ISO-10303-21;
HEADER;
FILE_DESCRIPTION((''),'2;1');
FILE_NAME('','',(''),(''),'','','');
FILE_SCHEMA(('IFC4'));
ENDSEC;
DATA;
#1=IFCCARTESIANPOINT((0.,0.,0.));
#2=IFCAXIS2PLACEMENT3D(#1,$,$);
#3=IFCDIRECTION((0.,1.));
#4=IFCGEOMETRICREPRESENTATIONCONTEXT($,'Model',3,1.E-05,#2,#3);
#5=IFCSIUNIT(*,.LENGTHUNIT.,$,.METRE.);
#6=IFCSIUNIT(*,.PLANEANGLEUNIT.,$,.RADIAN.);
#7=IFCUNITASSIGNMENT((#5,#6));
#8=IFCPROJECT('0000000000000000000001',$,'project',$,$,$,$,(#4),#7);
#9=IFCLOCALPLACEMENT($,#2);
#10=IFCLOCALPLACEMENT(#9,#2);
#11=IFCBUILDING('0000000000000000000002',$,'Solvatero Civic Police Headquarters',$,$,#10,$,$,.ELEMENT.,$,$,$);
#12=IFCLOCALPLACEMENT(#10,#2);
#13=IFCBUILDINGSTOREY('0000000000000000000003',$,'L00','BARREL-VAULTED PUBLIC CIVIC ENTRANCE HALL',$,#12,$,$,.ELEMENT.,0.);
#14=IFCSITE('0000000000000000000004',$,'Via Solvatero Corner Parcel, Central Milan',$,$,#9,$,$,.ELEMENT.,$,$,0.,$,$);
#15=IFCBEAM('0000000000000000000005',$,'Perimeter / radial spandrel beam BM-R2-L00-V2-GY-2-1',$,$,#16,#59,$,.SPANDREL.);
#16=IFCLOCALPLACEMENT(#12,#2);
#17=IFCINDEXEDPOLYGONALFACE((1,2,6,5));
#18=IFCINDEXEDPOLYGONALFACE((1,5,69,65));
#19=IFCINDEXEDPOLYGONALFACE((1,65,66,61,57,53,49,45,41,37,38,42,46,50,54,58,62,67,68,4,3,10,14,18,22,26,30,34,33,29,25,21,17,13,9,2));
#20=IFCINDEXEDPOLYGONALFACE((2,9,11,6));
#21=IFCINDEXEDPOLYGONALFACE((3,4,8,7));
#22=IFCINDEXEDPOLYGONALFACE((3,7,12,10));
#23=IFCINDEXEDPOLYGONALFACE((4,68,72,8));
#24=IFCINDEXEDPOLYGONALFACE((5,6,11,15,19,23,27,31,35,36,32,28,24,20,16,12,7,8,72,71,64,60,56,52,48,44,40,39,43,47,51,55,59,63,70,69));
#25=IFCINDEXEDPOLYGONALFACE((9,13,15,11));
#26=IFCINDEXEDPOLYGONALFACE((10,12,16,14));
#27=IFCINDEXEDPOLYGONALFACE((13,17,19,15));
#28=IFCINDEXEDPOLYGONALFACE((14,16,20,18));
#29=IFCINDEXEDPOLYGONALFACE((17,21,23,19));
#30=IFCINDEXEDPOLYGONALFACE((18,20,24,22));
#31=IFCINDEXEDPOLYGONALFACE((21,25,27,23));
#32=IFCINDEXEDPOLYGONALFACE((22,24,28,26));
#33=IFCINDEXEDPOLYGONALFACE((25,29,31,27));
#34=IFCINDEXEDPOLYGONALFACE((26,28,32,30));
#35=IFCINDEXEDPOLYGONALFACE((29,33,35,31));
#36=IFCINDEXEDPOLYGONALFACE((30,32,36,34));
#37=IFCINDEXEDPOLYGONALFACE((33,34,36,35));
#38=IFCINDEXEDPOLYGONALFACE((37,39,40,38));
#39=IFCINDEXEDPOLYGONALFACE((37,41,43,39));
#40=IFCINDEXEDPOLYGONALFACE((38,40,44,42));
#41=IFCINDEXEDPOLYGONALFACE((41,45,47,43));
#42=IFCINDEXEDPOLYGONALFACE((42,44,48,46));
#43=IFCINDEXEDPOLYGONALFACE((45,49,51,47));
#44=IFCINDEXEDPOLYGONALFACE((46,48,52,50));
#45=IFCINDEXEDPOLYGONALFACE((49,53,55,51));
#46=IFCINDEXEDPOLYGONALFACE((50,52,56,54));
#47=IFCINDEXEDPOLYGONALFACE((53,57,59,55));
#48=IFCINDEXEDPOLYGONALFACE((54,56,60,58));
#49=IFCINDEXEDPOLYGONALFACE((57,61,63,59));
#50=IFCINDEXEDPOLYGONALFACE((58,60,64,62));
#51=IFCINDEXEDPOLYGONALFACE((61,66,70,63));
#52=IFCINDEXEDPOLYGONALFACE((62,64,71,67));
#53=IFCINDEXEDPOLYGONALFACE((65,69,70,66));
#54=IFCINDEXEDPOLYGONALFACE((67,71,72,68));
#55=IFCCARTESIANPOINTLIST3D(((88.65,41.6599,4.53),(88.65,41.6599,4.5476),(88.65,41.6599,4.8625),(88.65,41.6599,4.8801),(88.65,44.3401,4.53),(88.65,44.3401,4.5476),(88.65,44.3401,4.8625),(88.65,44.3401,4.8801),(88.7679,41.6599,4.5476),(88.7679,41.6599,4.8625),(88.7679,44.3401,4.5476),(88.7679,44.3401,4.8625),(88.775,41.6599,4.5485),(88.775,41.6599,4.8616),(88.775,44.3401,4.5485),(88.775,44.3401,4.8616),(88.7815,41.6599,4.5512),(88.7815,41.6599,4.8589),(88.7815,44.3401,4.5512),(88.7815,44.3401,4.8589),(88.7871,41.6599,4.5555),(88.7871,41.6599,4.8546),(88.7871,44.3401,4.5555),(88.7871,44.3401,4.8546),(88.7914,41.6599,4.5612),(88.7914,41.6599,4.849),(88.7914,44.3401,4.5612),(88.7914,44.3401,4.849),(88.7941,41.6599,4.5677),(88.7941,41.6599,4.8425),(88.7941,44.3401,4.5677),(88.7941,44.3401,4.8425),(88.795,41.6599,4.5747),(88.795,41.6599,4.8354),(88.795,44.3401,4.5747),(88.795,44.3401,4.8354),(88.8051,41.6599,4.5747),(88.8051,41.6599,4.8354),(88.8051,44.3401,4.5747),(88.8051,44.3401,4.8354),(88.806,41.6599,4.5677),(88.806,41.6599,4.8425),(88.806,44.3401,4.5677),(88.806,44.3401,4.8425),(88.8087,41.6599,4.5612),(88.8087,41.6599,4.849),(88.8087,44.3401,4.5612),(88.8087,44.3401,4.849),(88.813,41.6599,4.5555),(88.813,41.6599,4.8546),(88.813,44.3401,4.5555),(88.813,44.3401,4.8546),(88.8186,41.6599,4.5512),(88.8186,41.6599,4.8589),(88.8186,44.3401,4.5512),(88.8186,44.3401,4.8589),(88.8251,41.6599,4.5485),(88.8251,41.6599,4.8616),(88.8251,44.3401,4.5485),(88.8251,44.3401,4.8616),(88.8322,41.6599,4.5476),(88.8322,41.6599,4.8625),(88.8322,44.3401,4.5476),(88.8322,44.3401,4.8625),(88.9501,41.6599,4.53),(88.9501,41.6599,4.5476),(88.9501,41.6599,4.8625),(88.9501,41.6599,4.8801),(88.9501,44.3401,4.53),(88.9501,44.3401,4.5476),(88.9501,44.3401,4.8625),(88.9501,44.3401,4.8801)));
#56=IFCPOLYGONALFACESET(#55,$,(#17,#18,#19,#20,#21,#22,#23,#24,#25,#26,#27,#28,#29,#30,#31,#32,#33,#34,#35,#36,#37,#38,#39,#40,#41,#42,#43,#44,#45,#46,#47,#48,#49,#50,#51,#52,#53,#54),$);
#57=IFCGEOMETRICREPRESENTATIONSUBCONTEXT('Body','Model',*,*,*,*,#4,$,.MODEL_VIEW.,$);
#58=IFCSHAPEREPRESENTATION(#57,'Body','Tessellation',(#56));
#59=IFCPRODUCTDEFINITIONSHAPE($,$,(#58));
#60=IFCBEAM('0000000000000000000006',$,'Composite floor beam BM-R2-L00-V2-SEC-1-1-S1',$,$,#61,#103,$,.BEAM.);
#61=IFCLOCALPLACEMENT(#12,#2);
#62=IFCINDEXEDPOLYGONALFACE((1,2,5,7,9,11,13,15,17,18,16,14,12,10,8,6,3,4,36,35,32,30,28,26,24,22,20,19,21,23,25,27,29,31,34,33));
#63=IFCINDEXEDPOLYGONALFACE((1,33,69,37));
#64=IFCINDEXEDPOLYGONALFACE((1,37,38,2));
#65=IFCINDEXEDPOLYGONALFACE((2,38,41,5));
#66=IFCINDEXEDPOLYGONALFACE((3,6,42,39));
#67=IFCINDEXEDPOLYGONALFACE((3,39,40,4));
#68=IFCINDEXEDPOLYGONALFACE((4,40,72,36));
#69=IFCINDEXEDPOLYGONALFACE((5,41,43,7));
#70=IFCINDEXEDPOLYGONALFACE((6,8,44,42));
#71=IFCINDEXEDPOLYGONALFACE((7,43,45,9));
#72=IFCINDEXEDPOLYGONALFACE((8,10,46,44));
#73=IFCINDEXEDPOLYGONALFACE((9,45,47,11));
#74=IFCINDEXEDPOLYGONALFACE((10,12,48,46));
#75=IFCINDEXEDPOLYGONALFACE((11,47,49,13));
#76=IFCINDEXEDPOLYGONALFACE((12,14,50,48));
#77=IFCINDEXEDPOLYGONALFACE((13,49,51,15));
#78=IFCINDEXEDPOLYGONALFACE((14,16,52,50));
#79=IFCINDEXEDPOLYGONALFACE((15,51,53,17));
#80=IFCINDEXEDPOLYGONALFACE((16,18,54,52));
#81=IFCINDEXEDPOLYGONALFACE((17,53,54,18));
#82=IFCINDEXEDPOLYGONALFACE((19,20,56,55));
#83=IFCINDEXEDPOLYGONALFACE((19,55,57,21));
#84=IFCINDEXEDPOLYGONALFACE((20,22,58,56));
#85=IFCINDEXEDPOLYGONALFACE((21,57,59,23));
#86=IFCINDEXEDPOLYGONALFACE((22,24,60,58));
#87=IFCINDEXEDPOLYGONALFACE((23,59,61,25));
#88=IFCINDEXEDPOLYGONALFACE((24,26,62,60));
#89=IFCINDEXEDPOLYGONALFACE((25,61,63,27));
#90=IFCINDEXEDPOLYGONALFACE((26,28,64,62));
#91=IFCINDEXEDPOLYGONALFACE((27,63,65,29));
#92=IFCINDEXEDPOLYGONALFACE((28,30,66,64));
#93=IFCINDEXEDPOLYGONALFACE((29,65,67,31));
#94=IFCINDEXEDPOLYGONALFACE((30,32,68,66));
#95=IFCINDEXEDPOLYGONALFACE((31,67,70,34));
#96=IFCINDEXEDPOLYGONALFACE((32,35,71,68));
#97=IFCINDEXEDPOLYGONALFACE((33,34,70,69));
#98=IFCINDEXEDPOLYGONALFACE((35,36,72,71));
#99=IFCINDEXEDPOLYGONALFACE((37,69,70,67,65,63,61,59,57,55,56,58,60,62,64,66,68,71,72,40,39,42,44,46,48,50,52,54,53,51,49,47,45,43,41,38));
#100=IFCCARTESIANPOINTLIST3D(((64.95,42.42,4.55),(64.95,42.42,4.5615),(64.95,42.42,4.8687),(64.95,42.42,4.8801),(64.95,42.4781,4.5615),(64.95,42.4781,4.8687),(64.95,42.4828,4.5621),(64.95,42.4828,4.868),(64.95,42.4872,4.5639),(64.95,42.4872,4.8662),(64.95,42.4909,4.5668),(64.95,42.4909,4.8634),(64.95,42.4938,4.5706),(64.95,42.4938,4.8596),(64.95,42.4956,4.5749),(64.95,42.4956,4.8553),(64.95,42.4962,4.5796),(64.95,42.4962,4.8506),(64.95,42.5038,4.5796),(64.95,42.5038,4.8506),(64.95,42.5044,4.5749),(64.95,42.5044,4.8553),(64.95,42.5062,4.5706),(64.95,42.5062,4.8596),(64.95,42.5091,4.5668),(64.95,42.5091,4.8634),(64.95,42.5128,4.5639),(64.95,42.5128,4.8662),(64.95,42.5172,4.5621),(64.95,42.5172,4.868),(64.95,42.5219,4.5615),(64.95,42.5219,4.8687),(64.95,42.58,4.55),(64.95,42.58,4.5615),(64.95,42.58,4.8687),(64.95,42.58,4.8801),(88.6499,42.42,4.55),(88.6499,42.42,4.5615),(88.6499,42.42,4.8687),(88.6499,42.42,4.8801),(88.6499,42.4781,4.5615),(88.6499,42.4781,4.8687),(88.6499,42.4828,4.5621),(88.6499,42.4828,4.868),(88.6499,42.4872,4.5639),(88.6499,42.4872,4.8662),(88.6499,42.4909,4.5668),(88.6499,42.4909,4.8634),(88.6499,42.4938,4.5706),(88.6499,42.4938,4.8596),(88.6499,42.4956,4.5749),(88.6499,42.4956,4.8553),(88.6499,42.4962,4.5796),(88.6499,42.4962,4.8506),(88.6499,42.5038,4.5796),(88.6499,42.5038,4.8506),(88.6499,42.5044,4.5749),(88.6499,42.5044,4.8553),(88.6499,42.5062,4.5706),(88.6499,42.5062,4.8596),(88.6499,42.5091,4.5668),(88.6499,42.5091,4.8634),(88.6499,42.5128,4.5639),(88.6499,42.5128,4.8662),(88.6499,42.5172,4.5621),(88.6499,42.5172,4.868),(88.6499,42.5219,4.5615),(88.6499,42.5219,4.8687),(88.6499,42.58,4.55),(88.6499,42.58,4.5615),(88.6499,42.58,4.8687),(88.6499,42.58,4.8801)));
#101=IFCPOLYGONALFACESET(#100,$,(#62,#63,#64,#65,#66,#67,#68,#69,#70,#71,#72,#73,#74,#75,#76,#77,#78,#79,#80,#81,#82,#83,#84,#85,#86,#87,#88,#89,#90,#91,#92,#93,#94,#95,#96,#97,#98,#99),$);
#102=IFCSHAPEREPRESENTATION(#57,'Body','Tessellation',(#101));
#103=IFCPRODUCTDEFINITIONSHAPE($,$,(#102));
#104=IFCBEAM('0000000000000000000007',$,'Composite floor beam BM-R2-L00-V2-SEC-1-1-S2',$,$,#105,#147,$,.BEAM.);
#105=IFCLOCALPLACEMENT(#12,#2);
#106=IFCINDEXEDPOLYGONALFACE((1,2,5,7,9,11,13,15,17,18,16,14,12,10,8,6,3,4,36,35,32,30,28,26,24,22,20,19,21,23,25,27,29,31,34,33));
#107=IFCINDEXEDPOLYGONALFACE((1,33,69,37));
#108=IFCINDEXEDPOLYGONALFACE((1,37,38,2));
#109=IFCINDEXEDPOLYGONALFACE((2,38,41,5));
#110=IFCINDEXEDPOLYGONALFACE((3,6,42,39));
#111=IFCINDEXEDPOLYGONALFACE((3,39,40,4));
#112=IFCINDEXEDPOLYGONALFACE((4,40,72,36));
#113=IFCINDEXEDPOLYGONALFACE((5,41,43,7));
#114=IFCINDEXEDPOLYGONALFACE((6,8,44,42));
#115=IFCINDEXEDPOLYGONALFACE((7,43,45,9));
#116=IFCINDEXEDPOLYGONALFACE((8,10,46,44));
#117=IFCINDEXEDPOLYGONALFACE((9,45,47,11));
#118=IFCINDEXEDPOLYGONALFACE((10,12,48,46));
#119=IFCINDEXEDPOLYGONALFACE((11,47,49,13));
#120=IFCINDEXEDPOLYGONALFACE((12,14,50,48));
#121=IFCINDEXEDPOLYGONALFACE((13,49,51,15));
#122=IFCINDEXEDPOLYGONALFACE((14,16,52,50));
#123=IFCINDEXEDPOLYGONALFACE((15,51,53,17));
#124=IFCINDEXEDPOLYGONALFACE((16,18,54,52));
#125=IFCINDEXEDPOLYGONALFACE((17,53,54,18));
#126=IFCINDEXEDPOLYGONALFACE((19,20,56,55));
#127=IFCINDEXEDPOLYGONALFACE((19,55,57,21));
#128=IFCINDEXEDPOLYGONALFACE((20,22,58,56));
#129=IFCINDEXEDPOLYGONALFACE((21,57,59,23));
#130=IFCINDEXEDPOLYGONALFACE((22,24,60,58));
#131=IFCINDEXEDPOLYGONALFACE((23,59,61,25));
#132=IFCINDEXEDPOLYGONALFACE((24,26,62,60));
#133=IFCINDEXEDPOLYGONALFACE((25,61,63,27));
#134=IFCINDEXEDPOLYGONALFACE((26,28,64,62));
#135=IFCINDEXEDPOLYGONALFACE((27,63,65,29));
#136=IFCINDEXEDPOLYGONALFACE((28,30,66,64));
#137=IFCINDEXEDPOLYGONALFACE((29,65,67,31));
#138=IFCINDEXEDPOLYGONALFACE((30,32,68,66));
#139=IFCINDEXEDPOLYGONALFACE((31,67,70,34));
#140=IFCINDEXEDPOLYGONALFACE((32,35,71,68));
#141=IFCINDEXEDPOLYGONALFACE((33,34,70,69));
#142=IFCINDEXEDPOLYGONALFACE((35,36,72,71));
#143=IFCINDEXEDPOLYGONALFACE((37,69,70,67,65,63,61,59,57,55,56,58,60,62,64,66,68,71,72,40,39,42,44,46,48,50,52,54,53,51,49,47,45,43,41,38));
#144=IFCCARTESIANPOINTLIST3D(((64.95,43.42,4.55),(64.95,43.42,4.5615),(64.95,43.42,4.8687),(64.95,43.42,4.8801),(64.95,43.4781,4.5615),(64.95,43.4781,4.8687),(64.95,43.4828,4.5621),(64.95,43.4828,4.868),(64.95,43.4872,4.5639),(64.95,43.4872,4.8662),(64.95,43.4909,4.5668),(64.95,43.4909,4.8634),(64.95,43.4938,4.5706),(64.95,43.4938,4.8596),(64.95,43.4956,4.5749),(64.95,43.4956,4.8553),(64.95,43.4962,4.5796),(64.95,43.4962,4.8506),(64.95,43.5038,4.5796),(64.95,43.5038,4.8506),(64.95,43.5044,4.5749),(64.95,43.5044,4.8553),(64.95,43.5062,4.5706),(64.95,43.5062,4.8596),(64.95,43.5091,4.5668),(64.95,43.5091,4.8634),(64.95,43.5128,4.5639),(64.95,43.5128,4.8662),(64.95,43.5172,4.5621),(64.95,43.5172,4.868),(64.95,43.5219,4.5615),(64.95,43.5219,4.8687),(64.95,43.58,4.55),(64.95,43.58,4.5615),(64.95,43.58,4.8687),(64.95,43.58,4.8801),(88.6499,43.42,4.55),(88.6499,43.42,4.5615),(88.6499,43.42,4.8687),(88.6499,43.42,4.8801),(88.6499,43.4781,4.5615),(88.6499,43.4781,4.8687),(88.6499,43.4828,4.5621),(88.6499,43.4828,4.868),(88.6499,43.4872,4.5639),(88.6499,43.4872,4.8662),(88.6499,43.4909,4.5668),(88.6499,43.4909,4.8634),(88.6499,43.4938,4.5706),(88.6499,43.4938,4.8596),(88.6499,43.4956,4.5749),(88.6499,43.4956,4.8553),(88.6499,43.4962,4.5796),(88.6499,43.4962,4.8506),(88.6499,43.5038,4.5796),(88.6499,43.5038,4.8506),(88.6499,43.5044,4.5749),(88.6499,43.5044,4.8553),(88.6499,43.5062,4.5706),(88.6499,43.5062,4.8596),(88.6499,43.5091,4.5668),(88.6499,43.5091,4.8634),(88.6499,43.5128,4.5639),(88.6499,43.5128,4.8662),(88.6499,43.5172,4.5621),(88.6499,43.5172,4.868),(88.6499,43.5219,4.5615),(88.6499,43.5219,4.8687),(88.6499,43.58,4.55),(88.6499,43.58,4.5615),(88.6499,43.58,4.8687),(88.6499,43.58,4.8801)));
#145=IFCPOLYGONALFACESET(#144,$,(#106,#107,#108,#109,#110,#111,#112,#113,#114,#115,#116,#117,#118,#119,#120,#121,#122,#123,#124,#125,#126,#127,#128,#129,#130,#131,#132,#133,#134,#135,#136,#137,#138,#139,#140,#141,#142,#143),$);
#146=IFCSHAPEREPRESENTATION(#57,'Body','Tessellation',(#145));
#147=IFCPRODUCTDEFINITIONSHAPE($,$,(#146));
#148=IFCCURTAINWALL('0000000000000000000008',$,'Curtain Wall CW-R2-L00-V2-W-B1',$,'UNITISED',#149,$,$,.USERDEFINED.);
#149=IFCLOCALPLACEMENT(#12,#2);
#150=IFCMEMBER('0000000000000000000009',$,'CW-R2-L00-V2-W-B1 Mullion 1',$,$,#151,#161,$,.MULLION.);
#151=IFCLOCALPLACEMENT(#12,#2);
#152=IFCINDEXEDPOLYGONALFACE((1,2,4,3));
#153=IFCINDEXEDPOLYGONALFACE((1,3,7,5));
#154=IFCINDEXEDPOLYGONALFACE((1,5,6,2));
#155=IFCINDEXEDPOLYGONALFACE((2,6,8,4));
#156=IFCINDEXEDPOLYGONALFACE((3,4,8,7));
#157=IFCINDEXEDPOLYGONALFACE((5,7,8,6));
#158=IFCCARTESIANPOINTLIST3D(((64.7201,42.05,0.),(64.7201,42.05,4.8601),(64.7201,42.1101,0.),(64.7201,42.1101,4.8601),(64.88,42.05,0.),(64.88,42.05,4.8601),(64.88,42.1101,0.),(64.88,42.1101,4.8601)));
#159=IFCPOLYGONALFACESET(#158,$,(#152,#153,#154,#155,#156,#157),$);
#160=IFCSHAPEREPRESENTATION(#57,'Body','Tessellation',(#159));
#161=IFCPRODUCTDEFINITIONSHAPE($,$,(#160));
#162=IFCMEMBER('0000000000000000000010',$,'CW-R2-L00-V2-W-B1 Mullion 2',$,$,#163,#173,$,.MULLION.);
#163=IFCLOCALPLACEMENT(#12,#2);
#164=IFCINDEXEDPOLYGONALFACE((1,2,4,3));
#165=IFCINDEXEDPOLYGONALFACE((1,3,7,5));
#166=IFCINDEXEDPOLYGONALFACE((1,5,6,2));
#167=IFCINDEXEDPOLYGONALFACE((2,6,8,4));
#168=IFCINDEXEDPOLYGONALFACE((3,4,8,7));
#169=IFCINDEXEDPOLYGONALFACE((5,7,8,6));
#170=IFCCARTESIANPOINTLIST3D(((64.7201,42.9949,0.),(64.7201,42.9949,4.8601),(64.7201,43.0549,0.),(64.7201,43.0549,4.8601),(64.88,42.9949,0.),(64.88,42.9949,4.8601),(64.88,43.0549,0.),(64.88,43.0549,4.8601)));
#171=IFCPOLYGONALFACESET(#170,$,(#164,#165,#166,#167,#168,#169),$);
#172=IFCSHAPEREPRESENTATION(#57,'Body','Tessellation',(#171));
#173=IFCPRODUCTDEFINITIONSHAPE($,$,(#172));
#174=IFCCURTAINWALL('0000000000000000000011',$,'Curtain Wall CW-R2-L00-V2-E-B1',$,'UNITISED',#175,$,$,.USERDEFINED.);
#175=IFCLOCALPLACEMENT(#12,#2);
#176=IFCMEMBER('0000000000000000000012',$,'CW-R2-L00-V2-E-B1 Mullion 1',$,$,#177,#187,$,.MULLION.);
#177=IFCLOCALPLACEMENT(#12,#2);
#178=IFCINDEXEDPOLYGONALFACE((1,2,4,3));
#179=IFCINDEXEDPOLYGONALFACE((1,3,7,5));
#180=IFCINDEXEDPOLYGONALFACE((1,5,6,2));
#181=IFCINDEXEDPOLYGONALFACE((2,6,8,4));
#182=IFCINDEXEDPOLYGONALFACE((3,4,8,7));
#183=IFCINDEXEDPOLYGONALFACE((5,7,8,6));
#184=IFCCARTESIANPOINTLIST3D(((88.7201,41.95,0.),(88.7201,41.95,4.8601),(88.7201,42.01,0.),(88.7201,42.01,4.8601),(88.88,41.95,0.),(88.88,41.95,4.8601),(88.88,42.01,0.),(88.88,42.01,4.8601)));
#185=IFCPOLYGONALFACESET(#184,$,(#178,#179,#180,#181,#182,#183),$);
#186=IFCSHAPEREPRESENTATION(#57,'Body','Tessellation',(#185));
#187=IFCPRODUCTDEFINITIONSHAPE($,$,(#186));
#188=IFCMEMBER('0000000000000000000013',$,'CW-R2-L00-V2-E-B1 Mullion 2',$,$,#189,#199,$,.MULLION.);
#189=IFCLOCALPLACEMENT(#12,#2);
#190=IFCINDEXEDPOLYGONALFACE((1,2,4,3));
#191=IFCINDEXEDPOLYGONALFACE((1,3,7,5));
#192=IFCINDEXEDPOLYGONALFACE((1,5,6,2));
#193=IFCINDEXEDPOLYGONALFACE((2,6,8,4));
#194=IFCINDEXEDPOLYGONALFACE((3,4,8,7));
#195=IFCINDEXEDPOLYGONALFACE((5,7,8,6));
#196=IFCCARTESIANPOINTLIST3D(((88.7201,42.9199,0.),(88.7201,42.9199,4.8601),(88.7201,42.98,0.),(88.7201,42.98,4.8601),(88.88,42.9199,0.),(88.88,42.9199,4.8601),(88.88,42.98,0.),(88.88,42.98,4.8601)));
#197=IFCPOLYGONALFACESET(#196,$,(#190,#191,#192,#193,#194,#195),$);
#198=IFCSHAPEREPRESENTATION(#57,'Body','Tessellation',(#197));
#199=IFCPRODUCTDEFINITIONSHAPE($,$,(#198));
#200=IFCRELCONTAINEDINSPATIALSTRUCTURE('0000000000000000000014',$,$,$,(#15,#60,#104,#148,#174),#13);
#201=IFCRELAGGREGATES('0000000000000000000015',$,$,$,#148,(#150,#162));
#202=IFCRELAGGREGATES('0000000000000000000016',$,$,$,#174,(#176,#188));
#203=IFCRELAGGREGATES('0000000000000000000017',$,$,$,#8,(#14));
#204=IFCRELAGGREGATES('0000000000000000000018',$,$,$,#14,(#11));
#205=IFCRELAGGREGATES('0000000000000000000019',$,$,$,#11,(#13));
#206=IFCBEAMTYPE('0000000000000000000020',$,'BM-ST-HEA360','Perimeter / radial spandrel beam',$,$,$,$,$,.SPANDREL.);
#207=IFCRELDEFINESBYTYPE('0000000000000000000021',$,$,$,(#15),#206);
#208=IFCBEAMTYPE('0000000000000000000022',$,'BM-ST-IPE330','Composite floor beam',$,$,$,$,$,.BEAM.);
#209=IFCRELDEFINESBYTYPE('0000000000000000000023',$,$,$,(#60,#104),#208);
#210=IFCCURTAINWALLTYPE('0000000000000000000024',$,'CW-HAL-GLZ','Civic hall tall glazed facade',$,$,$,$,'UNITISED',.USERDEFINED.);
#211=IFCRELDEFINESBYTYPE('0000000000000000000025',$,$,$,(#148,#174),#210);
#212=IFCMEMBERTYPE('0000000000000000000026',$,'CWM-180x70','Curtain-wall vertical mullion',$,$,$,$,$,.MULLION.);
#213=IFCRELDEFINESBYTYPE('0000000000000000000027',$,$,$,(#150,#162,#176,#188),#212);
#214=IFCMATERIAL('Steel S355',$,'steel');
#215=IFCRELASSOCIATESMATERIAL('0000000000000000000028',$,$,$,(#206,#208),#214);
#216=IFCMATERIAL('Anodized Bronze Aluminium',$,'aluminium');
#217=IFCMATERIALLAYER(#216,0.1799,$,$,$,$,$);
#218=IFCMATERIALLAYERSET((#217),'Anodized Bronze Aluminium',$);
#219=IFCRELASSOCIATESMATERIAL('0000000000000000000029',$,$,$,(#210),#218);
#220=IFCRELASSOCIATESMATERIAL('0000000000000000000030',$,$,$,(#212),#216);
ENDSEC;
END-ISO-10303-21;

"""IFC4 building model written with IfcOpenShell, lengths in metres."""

from ifc_helpers import new_model, si_unit, direction, frame, origin, origin_2d, place, context, subcontext, project, spatial, rectangle, i_section, extrude, material, layer, layer_set, material_profile, profile_set, type_object, element, aggregate, save


model = new_model("IFC4")

# Units and contexts
model_context = context("Model", 3, precision=1e-05, world=origin(), true_north=direction((0.0, 1.0)))
body_context = subcontext(model_context, "Body", "Model", "MODEL_VIEW")
ifc_project = project(units=[si_unit("LENGTHUNIT", "METRE"), si_unit("PLANEANGLEUNIT", "RADIAN")], contexts=[model_context])

# Site, building, storey
site_placement = place(None, origin())
site = spatial("IfcSite", under=ifc_project, at=site_placement, Name="Via Solvatero Corner Parcel, Central Milan", CompositionType="ELEMENT", RefElevation=0.0)
building_placement = place(site_placement, origin())
building = spatial("IfcBuilding", under=site, at=building_placement, Name="Solvatero Civic Police Headquarters", CompositionType="ELEMENT")
storey_placement = place(building_placement, origin())
storey = spatial("IfcBuildingStorey", under=building, at=storey_placement, Name="L00", Description="BARREL-VAULTED PUBLIC CIVIC ENTRANCE HALL", CompositionType="ELEMENT", Elevation=0.0)

# Beams
ifc_material_1 = material(Name="Steel S355", Category="steel")
ifc_material_profile_1 = material_profile(ifc_material_1, i_section(OverallWidth=0.3, OverallDepth=0.3501, WebThickness=0.01, FlangeThickness=0.0176, FilletRadius=0.0271, at=origin_2d()), Name="HEA 360")
ifc_profile_set_1 = profile_set([ifc_material_profile_1], Name="Steel S355")
beam_type_1 = type_object("IfcBeamType", Name="BM-ST-HEA360", Description="Perimeter / radial spandrel beam", PredefinedType="SPANDREL", material=ifc_profile_set_1)
for number, where, z_axis, x_axis, name in (
    (1, (88.8, 41.6599, 4.7051), (0.0, 1.0, 0.0), (-1.0, 0.0, 0.0), "Perimeter / radial spandrel beam BM-R2-L00-V2-GY-2-1"),
):
    element("IfcBeam", number, at=place(storey_placement, frame(where, z_axis=z_axis, x_axis=x_axis)), inside=storey, type_object=beam_type_1, Name=name, PredefinedType="SPANDREL", context=body_context, shape_type="SweptSolid", body=[
        extrude(i_section(OverallWidth=0.3, OverallDepth=0.3501, WebThickness=0.01, FlangeThickness=0.0176, FilletRadius=0.0271, at=origin_2d()), origin(), (0.0, 0.0, 1.0), 2.6802),
    ])
ifc_material_profile_2 = material_profile(ifc_material_1, i_section(OverallWidth=0.1599, OverallDepth=0.3301, WebThickness=0.0076, FlangeThickness=0.0115, FilletRadius=0.0181, at=origin_2d()), Name="IPE 330")
ifc_profile_set_2 = profile_set([ifc_material_profile_2], Name="Steel S355")
beam_type_2 = type_object("IfcBeamType", Name="BM-ST-IPE330", Description="Composite floor beam", PredefinedType="BEAM", material=ifc_profile_set_2)
for number, where, z_axis, x_axis, name in (
    (2, (64.95, 42.5, 4.7151), (1.0, 0.0, 0.0), (0.0, 1.0, 0.0), "Composite floor beam BM-R2-L00-V2-SEC-1-1-S1"),
    (3, (64.95, 43.5, 4.7151), (1.0, 0.0, 0.0), (0.0, 1.0, 0.0), "Composite floor beam BM-R2-L00-V2-SEC-1-1-S2"),
):
    element("IfcBeam", number, at=place(storey_placement, frame(where, z_axis=z_axis, x_axis=x_axis)), inside=storey, type_object=beam_type_2, Name=name, PredefinedType="BEAM", context=body_context, shape_type="SweptSolid", body=[
        extrude(i_section(OverallWidth=0.1599, OverallDepth=0.3301, WebThickness=0.0076, FlangeThickness=0.0115, FilletRadius=0.0181, at=origin_2d()), origin(), (0.0, 0.0, 1.0), 23.7),
    ])

# Curtain walls, members
ifc_material_2 = material(Name="Anodized Bronze Aluminium", Category="aluminium")
ifc_layer_1 = layer(ifc_material_2, 0.1799)
ifc_layer_set_1 = layer_set([ifc_layer_1], Name="Anodized Bronze Aluminium")
curtain_wall_type = type_object("IfcCurtainWallType", Name="CW-HAL-GLZ", Description="Civic hall tall glazed facade", ElementType="UNITISED", PredefinedType="USERDEFINED", material=ifc_layer_set_1)
curtain_wall_1_placement = place(storey_placement, origin())
curtain_wall_1 = element("IfcCurtainWall", 4, at=curtain_wall_1_placement, inside=storey, type_object=curtain_wall_type, Name="Curtain Wall CW-R2-L00-V2-W-B1", ObjectType="UNITISED", PredefinedType="USERDEFINED")
ifc_material_profile_3 = material_profile(ifc_material_2, rectangle(XDim=0.0601, YDim=0.1599, at=origin_2d()), Name="ALU MULLION 60x160")
ifc_profile_set_3 = profile_set([ifc_material_profile_3], Name="Anodized Bronze Aluminium")
member_type_1 = type_object("IfcMemberType", Name="CWM-180x70", Description="Curtain-wall vertical mullion", PredefinedType="MULLION", material=ifc_profile_set_3)
member_1_placement = place(storey_placement, frame((64.8, 42.0801, 0.0), z_axis=(0.0, 0.0, 1.0), x_axis=(0.0, 1.0, 0.0)))
member_1 = element("IfcMember", 5, at=member_1_placement, type_object=member_type_1, Name="CW-R2-L00-V2-W-B1 Mullion 1", PredefinedType="MULLION", context=body_context, shape_type="SweptSolid", body=[
    extrude(rectangle(XDim=0.0601, YDim=0.1599, at=origin_2d()), origin(), (0.0, 0.0, 1.0), 4.8601),
])
member_2_placement = place(storey_placement, frame((64.8, 43.0249, 0.0), z_axis=(0.0, 0.0, 1.0), x_axis=(0.0, 1.0, 0.0)))
member_2 = element("IfcMember", 6, at=member_2_placement, type_object=member_type_1, Name="CW-R2-L00-V2-W-B1 Mullion 2", PredefinedType="MULLION", context=body_context, shape_type="SweptSolid", body=[
    extrude(rectangle(XDim=0.0601, YDim=0.1599, at=origin_2d()), origin(), (0.0, 0.0, 1.0), 4.8601),
])
curtain_wall_2_placement = place(storey_placement, origin())
curtain_wall_2 = element("IfcCurtainWall", 7, at=curtain_wall_2_placement, inside=storey, type_object=curtain_wall_type, Name="Curtain Wall CW-R2-L00-V2-E-B1", ObjectType="UNITISED", PredefinedType="USERDEFINED")
member_3_placement = place(storey_placement, frame((88.8, 41.98, 0.0), z_axis=(0.0, 0.0, 1.0), x_axis=(0.0, 1.0, 0.0)))
member_3 = element("IfcMember", 8, at=member_3_placement, type_object=member_type_1, Name="CW-R2-L00-V2-E-B1 Mullion 1", PredefinedType="MULLION", context=body_context, shape_type="SweptSolid", body=[
    extrude(rectangle(XDim=0.0601, YDim=0.1599, at=origin_2d()), origin(), (0.0, 0.0, 1.0), 4.8601),
])
member_4_placement = place(storey_placement, frame((88.8, 42.95, 0.0), z_axis=(0.0, 0.0, 1.0), x_axis=(0.0, 1.0, 0.0)))
member_4 = element("IfcMember", 9, at=member_4_placement, type_object=member_type_1, Name="CW-R2-L00-V2-E-B1 Mullion 2", PredefinedType="MULLION", context=body_context, shape_type="SweptSolid", body=[
    extrude(rectangle(XDim=0.0601, YDim=0.1599, at=origin_2d()), origin(), (0.0, 0.0, 1.0), 4.8601),
])

aggregate(curtain_wall_1, [member_1, member_2])
aggregate(curtain_wall_2, [member_3, member_4])

save(model, "model.ifc")
